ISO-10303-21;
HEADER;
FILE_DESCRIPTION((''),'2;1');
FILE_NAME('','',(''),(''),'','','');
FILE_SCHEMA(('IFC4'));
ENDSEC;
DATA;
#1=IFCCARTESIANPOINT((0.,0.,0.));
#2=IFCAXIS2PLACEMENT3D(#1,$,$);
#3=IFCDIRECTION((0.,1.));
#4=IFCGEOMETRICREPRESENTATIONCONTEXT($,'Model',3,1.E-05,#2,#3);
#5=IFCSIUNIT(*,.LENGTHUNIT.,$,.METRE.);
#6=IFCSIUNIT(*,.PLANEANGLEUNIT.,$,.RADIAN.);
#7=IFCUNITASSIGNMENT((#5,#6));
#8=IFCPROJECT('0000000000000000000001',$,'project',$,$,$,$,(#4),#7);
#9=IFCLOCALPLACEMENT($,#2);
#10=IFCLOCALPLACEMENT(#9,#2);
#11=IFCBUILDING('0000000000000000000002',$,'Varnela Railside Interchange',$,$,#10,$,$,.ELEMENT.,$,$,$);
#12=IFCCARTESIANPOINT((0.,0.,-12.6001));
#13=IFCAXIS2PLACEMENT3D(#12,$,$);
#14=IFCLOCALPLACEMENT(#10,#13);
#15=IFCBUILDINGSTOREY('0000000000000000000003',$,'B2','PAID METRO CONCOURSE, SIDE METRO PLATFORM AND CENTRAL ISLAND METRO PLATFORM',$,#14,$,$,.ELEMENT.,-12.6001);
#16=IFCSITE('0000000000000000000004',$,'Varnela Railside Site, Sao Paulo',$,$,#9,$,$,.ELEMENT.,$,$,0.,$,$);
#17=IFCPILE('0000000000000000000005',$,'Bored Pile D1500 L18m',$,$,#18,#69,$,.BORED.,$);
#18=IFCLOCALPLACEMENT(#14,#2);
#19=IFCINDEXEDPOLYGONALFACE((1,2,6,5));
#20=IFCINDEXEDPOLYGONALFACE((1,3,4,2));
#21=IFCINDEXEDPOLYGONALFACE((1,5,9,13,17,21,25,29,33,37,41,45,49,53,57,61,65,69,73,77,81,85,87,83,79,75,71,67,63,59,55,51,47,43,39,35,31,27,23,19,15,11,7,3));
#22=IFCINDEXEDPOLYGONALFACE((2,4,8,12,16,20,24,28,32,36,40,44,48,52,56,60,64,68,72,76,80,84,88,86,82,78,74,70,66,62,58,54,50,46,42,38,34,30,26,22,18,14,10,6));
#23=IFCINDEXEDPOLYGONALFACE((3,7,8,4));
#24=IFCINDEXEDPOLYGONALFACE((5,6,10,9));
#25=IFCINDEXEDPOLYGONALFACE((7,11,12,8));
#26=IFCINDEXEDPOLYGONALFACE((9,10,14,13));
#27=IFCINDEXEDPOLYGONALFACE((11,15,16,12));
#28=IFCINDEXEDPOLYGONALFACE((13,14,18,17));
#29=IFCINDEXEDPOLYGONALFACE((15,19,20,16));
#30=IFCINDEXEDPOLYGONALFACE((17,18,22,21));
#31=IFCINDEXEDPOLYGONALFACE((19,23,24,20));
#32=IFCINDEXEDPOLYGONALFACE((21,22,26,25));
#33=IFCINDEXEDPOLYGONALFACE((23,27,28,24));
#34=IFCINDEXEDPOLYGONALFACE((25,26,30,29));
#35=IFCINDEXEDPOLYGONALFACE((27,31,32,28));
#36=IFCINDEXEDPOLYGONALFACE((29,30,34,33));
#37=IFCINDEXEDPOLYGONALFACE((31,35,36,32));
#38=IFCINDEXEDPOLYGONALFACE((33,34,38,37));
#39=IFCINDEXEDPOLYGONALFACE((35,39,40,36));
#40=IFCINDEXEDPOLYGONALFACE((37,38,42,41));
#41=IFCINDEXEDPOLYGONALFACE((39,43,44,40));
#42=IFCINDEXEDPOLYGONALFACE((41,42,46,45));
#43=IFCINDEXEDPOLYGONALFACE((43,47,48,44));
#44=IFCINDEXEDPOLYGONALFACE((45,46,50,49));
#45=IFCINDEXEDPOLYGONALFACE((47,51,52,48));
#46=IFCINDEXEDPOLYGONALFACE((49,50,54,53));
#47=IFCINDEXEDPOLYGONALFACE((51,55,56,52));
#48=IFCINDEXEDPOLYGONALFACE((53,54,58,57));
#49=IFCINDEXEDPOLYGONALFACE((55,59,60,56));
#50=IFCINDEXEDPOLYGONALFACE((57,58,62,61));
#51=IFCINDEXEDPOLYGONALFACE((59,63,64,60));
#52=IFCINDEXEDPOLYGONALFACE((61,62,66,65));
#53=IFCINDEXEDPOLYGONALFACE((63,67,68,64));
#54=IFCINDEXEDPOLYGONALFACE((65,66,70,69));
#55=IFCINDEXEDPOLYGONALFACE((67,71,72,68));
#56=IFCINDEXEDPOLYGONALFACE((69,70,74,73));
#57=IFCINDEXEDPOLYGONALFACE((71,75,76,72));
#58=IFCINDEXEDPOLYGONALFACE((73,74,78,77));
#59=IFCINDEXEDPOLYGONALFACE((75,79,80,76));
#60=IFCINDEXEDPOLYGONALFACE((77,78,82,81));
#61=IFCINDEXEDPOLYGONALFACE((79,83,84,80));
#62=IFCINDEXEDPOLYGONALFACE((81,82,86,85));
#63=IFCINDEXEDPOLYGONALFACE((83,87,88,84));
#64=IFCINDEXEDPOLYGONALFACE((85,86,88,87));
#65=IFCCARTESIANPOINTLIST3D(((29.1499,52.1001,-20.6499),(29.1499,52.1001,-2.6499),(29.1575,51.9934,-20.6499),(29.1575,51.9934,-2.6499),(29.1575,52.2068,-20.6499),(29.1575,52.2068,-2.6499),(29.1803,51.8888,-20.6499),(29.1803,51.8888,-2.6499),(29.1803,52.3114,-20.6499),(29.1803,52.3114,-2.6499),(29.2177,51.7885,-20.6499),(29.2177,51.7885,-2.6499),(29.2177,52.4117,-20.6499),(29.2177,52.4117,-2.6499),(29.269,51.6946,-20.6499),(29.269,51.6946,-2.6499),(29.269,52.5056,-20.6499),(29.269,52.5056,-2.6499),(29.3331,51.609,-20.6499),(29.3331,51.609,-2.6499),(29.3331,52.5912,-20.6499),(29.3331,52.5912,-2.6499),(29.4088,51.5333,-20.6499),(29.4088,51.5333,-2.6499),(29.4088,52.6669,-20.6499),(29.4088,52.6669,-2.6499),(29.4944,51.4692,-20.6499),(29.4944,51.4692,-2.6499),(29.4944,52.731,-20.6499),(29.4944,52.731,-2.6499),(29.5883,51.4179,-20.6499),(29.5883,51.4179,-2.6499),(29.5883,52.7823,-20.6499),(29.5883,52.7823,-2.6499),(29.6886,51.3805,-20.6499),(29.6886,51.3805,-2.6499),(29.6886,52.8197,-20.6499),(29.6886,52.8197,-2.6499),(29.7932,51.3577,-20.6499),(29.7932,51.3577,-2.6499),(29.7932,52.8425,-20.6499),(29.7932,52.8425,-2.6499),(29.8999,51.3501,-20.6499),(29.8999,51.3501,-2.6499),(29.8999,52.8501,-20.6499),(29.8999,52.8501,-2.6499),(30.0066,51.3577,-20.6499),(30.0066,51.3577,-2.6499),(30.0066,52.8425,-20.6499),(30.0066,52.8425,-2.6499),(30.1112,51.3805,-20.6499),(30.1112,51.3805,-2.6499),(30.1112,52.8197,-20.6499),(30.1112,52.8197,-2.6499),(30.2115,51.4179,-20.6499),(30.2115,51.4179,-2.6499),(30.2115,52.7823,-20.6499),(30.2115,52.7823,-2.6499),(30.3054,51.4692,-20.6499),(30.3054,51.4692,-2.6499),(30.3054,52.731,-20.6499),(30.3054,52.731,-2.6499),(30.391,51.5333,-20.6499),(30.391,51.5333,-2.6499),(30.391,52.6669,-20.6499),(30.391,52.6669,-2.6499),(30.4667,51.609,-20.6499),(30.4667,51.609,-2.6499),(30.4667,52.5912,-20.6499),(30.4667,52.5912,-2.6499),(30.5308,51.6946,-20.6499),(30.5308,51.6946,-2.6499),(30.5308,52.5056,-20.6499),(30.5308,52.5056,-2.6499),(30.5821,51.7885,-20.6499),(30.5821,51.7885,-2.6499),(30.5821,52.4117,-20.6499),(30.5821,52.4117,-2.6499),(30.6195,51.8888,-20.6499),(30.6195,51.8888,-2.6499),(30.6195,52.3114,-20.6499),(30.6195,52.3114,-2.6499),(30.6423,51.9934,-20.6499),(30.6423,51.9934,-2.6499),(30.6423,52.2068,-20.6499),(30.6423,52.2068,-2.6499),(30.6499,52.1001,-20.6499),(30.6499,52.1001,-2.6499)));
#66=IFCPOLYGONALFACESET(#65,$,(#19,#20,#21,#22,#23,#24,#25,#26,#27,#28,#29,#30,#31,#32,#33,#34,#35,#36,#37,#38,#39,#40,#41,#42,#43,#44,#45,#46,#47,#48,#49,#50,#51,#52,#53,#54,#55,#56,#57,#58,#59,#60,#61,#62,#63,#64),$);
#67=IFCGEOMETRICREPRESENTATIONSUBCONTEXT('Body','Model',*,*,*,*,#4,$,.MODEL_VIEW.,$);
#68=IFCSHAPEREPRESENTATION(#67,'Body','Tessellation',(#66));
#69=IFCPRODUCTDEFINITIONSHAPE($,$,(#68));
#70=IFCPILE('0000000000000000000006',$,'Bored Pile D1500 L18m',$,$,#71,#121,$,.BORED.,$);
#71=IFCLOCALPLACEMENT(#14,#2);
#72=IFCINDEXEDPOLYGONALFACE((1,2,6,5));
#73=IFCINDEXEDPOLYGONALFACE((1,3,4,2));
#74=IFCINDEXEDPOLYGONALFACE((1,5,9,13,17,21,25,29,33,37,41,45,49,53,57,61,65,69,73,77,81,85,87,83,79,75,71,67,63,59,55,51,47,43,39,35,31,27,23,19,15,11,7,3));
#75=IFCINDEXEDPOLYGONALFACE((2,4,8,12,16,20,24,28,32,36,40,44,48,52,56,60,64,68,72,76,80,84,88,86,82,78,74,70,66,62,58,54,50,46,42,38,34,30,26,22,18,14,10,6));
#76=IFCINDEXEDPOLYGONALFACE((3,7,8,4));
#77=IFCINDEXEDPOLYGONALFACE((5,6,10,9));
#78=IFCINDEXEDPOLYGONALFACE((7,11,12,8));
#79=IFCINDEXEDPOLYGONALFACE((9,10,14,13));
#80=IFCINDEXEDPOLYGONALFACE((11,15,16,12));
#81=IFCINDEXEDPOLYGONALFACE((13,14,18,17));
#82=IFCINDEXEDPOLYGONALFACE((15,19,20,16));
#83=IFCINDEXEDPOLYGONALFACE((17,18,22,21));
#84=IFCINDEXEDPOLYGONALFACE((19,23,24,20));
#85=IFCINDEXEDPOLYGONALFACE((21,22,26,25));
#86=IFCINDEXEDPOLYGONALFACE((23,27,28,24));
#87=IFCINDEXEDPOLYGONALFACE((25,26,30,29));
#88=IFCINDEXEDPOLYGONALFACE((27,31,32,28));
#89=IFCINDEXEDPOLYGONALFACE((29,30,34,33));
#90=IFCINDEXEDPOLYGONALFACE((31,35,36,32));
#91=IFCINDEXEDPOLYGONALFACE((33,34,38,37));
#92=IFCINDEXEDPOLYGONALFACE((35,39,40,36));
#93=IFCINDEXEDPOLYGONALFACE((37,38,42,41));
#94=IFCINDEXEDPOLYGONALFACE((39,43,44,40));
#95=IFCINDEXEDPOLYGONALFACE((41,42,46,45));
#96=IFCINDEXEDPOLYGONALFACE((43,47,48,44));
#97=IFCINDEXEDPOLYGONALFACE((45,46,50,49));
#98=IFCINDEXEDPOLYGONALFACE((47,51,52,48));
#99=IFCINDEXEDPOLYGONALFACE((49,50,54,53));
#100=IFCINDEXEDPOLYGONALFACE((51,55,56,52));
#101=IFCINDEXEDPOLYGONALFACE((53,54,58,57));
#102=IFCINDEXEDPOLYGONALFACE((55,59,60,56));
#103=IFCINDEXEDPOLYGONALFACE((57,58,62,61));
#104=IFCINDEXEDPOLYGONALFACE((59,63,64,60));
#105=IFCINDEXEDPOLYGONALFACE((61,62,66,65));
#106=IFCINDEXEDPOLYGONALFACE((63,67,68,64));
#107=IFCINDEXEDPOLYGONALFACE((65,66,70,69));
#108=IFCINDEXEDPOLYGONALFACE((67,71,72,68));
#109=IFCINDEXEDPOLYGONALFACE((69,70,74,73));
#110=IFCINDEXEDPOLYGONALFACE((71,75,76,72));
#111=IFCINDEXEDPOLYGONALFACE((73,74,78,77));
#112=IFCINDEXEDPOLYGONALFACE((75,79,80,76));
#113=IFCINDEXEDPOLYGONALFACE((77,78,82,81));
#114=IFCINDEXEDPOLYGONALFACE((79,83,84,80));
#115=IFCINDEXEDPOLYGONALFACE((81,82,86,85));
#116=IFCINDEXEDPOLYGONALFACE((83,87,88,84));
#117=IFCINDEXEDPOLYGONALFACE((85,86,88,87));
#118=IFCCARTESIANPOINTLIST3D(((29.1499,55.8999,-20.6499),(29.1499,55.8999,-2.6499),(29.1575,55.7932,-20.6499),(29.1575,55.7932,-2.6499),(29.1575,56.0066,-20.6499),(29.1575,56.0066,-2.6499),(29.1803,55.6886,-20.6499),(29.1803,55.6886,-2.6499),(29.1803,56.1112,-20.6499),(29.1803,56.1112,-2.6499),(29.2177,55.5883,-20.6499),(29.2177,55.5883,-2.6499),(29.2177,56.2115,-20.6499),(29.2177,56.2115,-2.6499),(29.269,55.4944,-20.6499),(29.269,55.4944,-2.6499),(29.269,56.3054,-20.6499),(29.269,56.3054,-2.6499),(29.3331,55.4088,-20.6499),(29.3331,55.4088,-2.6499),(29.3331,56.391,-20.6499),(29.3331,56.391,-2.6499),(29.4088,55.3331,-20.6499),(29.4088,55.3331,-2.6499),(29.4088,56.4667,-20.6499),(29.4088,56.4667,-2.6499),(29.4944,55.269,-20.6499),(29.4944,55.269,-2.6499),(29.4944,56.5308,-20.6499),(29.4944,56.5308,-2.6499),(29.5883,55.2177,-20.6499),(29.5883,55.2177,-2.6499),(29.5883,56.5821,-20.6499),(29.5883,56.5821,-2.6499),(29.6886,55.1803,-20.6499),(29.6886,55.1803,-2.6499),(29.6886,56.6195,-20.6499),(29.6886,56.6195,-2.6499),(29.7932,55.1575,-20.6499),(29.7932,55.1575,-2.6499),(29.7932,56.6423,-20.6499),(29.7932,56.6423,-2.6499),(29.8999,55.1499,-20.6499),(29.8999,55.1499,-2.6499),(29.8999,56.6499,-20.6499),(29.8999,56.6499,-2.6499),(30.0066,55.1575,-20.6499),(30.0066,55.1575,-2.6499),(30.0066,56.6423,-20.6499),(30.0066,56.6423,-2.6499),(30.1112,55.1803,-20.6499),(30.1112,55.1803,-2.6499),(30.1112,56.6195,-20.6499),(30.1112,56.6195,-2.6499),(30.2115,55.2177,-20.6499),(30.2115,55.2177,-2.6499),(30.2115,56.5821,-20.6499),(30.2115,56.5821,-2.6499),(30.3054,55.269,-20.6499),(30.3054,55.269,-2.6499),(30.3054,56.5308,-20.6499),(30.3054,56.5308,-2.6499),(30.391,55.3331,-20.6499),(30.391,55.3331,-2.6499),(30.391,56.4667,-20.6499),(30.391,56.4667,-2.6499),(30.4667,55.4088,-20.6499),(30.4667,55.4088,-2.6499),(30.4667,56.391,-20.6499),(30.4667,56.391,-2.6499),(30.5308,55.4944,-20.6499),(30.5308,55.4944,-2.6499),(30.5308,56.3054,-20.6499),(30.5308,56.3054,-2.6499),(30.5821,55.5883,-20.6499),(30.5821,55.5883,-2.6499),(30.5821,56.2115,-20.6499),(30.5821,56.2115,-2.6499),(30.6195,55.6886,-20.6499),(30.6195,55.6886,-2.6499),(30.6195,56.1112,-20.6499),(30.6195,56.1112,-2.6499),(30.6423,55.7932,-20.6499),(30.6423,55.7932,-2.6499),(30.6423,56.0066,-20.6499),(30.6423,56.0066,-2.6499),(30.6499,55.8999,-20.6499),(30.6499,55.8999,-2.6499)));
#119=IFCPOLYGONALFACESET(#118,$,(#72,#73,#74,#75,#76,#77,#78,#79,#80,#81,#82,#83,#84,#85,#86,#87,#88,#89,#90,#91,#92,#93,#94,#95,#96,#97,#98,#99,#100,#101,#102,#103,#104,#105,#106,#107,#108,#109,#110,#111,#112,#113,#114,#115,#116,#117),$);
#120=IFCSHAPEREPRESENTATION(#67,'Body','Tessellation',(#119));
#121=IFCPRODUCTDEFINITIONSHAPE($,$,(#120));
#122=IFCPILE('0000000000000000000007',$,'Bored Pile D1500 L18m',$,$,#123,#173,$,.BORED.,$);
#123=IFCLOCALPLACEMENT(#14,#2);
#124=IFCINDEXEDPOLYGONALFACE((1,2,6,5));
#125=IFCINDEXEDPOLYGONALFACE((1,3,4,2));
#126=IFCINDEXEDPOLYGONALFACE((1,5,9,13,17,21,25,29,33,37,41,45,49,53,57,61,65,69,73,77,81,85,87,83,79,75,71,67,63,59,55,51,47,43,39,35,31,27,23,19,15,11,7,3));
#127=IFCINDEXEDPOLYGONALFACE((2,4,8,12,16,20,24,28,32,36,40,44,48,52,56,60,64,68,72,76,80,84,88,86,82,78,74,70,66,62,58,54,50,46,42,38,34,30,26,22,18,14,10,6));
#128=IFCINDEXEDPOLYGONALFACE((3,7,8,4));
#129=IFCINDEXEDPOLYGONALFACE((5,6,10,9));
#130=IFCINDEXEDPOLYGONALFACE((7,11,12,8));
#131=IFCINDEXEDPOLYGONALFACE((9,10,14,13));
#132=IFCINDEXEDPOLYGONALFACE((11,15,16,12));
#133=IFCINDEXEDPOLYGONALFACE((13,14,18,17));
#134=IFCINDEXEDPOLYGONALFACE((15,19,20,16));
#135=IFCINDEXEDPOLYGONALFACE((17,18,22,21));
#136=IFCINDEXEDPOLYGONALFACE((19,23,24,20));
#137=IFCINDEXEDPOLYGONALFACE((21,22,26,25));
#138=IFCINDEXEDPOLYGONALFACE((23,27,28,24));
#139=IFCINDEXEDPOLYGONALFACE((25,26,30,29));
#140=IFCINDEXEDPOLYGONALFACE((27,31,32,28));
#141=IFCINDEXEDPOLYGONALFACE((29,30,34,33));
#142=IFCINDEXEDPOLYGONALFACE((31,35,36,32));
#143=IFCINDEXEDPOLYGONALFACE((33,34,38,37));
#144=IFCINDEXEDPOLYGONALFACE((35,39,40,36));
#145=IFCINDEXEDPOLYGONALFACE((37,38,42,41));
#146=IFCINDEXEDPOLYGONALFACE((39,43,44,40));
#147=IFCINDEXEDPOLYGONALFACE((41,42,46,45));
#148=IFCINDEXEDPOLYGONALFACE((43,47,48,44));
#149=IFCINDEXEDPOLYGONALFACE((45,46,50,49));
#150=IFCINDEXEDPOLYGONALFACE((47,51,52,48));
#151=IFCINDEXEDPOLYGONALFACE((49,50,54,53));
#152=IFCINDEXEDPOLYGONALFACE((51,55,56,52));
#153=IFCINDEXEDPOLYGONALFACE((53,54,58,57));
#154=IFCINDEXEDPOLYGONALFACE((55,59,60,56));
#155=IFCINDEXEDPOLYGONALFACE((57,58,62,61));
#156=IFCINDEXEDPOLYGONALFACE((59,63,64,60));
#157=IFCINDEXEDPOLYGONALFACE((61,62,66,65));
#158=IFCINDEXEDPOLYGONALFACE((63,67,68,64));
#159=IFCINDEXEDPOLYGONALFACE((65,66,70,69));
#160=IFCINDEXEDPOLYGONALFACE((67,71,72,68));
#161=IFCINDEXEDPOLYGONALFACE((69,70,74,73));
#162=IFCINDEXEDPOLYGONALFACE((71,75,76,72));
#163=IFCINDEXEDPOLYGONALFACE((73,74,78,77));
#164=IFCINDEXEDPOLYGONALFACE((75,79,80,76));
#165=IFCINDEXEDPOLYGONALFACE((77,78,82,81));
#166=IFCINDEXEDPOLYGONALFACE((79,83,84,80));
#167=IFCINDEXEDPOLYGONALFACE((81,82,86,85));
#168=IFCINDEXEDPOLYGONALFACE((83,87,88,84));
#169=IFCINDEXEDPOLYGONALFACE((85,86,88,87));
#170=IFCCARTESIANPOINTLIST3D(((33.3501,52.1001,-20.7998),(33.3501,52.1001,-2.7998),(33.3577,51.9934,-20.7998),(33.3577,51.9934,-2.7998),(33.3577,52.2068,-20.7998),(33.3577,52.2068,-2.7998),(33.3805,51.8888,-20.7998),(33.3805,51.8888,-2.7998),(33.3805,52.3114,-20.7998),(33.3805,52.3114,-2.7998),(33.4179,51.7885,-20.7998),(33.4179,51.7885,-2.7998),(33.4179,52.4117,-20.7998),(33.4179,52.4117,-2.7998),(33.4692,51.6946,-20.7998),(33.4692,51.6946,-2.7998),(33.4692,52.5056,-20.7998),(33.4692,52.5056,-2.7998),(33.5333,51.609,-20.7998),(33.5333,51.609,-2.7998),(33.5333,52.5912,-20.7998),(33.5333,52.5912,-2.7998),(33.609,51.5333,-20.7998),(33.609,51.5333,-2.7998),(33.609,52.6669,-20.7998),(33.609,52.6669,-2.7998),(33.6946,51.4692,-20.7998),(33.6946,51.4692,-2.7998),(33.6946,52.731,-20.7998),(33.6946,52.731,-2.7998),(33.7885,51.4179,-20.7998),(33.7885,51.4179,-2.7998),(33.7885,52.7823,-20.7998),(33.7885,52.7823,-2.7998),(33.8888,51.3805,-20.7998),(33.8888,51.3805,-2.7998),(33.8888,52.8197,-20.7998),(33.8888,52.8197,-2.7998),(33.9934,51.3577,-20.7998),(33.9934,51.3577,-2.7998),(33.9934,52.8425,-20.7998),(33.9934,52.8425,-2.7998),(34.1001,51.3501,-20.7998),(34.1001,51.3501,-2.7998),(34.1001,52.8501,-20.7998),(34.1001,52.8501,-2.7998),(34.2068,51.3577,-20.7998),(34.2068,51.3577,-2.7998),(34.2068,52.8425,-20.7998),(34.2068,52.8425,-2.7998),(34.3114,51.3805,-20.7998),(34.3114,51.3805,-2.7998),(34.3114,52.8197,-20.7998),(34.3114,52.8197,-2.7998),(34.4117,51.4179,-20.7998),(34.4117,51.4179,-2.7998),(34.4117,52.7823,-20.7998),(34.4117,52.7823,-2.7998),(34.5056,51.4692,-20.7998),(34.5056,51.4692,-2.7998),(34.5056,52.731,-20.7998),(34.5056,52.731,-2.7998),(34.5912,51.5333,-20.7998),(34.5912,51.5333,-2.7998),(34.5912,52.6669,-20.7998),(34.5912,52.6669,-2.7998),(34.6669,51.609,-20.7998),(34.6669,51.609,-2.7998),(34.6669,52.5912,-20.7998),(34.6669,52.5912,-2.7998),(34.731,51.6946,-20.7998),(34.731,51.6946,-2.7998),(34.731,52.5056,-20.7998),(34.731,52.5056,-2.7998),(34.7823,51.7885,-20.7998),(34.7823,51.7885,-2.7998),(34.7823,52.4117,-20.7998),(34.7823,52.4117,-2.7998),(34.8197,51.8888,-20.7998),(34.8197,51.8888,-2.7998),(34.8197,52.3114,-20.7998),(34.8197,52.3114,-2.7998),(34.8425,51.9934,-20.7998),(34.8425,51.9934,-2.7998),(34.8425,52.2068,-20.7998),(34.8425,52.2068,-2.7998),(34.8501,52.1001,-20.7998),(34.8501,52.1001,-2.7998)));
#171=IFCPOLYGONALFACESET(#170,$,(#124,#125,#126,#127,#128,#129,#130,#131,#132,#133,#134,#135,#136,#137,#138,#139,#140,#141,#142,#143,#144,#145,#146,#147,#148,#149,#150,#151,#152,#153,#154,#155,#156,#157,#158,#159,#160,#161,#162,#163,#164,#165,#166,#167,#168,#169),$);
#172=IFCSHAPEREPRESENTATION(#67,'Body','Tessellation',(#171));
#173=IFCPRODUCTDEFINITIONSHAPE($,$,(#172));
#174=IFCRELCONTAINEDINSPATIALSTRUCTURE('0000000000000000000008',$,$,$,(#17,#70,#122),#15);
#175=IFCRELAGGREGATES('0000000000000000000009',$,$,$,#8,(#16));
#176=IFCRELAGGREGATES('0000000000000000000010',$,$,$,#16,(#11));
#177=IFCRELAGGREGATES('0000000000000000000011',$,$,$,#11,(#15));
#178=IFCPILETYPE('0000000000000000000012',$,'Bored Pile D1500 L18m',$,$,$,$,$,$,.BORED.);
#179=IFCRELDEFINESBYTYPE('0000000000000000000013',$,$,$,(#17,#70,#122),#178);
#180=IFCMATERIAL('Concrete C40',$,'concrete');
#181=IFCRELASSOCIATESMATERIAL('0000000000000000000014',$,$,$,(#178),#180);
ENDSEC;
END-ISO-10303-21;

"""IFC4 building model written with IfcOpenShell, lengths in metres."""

from ifc_helpers import new_model, si_unit, direction, frame, origin, origin_2d, place, context, subcontext, project, spatial, circle, extrude, material, material_profile, profile_set, type_object, element, save


model = new_model("IFC4")

# Units and contexts
model_context = context("Model", 3, precision=1e-05, world=origin(), true_north=direction((0.0, 1.0)))
body_context = subcontext(model_context, "Body", "Model", "MODEL_VIEW")
ifc_project = project(units=[si_unit("LENGTHUNIT", "METRE"), si_unit("PLANEANGLEUNIT", "RADIAN")], contexts=[model_context])

# Site, building, storey
site_placement = place(None, origin())
site = spatial("IfcSite", under=ifc_project, at=site_placement, Name="Varnela Railside Site, Sao Paulo", CompositionType="ELEMENT", RefElevation=0.0)
building_placement = place(site_placement, origin())
building = spatial("IfcBuilding", under=site, at=building_placement, Name="Varnela Railside Interchange", CompositionType="ELEMENT")
storey_placement = place(building_placement, frame((0.0, 0.0, -12.6001)))
storey = spatial("IfcBuildingStorey", under=building, at=storey_placement, Name="B2", Description="PAID METRO CONCOURSE, SIDE METRO PLATFORM AND CENTRAL ISLAND METRO PLATFORM", CompositionType="ELEMENT", Elevation=-12.6001)

# Piles
ifc_material_1 = material(Name="Concrete C40", Category="concrete")
ifc_material_profile_1 = material_profile(ifc_material_1, circle(Radius=0.75, at=origin_2d()), Name="BORED PILE D1500")
ifc_profile_set_1 = profile_set([ifc_material_profile_1], Name="Concrete C40")
pile_type = type_object("IfcPileType", Name="Bored Pile D1500 L18m", PredefinedType="BORED", material=ifc_profile_set_1)
for number, where, z_axis, x_axis, name in (
    (1, (29.8999, 52.1001, -2.6499), (0.0, 0.0, -1.0), (1.0, 0.0, 0.0), "Bored Pile D1500 L18m"),
    (2, (29.8999, 55.8999, -2.6499), (0.0, 0.0, -1.0), (1.0, 0.0, 0.0), "Bored Pile D1500 L18m"),
    (3, (34.1001, 52.1001, -2.7998), (0.0, 0.0, -1.0), (1.0, 0.0, 0.0), "Bored Pile D1500 L18m"),
):
    element("IfcPile", number, at=place(storey_placement, frame(where, z_axis=z_axis, x_axis=x_axis)), inside=storey, type_object=pile_type, Name=name, PredefinedType="BORED", context=body_context, shape_type="SweptSolid", body=[
        extrude(circle(Radius=0.75, at=origin_2d()), origin(), (0.0, 0.0, 1.0), 18.0),
    ])

save(model, "model.ifc")
